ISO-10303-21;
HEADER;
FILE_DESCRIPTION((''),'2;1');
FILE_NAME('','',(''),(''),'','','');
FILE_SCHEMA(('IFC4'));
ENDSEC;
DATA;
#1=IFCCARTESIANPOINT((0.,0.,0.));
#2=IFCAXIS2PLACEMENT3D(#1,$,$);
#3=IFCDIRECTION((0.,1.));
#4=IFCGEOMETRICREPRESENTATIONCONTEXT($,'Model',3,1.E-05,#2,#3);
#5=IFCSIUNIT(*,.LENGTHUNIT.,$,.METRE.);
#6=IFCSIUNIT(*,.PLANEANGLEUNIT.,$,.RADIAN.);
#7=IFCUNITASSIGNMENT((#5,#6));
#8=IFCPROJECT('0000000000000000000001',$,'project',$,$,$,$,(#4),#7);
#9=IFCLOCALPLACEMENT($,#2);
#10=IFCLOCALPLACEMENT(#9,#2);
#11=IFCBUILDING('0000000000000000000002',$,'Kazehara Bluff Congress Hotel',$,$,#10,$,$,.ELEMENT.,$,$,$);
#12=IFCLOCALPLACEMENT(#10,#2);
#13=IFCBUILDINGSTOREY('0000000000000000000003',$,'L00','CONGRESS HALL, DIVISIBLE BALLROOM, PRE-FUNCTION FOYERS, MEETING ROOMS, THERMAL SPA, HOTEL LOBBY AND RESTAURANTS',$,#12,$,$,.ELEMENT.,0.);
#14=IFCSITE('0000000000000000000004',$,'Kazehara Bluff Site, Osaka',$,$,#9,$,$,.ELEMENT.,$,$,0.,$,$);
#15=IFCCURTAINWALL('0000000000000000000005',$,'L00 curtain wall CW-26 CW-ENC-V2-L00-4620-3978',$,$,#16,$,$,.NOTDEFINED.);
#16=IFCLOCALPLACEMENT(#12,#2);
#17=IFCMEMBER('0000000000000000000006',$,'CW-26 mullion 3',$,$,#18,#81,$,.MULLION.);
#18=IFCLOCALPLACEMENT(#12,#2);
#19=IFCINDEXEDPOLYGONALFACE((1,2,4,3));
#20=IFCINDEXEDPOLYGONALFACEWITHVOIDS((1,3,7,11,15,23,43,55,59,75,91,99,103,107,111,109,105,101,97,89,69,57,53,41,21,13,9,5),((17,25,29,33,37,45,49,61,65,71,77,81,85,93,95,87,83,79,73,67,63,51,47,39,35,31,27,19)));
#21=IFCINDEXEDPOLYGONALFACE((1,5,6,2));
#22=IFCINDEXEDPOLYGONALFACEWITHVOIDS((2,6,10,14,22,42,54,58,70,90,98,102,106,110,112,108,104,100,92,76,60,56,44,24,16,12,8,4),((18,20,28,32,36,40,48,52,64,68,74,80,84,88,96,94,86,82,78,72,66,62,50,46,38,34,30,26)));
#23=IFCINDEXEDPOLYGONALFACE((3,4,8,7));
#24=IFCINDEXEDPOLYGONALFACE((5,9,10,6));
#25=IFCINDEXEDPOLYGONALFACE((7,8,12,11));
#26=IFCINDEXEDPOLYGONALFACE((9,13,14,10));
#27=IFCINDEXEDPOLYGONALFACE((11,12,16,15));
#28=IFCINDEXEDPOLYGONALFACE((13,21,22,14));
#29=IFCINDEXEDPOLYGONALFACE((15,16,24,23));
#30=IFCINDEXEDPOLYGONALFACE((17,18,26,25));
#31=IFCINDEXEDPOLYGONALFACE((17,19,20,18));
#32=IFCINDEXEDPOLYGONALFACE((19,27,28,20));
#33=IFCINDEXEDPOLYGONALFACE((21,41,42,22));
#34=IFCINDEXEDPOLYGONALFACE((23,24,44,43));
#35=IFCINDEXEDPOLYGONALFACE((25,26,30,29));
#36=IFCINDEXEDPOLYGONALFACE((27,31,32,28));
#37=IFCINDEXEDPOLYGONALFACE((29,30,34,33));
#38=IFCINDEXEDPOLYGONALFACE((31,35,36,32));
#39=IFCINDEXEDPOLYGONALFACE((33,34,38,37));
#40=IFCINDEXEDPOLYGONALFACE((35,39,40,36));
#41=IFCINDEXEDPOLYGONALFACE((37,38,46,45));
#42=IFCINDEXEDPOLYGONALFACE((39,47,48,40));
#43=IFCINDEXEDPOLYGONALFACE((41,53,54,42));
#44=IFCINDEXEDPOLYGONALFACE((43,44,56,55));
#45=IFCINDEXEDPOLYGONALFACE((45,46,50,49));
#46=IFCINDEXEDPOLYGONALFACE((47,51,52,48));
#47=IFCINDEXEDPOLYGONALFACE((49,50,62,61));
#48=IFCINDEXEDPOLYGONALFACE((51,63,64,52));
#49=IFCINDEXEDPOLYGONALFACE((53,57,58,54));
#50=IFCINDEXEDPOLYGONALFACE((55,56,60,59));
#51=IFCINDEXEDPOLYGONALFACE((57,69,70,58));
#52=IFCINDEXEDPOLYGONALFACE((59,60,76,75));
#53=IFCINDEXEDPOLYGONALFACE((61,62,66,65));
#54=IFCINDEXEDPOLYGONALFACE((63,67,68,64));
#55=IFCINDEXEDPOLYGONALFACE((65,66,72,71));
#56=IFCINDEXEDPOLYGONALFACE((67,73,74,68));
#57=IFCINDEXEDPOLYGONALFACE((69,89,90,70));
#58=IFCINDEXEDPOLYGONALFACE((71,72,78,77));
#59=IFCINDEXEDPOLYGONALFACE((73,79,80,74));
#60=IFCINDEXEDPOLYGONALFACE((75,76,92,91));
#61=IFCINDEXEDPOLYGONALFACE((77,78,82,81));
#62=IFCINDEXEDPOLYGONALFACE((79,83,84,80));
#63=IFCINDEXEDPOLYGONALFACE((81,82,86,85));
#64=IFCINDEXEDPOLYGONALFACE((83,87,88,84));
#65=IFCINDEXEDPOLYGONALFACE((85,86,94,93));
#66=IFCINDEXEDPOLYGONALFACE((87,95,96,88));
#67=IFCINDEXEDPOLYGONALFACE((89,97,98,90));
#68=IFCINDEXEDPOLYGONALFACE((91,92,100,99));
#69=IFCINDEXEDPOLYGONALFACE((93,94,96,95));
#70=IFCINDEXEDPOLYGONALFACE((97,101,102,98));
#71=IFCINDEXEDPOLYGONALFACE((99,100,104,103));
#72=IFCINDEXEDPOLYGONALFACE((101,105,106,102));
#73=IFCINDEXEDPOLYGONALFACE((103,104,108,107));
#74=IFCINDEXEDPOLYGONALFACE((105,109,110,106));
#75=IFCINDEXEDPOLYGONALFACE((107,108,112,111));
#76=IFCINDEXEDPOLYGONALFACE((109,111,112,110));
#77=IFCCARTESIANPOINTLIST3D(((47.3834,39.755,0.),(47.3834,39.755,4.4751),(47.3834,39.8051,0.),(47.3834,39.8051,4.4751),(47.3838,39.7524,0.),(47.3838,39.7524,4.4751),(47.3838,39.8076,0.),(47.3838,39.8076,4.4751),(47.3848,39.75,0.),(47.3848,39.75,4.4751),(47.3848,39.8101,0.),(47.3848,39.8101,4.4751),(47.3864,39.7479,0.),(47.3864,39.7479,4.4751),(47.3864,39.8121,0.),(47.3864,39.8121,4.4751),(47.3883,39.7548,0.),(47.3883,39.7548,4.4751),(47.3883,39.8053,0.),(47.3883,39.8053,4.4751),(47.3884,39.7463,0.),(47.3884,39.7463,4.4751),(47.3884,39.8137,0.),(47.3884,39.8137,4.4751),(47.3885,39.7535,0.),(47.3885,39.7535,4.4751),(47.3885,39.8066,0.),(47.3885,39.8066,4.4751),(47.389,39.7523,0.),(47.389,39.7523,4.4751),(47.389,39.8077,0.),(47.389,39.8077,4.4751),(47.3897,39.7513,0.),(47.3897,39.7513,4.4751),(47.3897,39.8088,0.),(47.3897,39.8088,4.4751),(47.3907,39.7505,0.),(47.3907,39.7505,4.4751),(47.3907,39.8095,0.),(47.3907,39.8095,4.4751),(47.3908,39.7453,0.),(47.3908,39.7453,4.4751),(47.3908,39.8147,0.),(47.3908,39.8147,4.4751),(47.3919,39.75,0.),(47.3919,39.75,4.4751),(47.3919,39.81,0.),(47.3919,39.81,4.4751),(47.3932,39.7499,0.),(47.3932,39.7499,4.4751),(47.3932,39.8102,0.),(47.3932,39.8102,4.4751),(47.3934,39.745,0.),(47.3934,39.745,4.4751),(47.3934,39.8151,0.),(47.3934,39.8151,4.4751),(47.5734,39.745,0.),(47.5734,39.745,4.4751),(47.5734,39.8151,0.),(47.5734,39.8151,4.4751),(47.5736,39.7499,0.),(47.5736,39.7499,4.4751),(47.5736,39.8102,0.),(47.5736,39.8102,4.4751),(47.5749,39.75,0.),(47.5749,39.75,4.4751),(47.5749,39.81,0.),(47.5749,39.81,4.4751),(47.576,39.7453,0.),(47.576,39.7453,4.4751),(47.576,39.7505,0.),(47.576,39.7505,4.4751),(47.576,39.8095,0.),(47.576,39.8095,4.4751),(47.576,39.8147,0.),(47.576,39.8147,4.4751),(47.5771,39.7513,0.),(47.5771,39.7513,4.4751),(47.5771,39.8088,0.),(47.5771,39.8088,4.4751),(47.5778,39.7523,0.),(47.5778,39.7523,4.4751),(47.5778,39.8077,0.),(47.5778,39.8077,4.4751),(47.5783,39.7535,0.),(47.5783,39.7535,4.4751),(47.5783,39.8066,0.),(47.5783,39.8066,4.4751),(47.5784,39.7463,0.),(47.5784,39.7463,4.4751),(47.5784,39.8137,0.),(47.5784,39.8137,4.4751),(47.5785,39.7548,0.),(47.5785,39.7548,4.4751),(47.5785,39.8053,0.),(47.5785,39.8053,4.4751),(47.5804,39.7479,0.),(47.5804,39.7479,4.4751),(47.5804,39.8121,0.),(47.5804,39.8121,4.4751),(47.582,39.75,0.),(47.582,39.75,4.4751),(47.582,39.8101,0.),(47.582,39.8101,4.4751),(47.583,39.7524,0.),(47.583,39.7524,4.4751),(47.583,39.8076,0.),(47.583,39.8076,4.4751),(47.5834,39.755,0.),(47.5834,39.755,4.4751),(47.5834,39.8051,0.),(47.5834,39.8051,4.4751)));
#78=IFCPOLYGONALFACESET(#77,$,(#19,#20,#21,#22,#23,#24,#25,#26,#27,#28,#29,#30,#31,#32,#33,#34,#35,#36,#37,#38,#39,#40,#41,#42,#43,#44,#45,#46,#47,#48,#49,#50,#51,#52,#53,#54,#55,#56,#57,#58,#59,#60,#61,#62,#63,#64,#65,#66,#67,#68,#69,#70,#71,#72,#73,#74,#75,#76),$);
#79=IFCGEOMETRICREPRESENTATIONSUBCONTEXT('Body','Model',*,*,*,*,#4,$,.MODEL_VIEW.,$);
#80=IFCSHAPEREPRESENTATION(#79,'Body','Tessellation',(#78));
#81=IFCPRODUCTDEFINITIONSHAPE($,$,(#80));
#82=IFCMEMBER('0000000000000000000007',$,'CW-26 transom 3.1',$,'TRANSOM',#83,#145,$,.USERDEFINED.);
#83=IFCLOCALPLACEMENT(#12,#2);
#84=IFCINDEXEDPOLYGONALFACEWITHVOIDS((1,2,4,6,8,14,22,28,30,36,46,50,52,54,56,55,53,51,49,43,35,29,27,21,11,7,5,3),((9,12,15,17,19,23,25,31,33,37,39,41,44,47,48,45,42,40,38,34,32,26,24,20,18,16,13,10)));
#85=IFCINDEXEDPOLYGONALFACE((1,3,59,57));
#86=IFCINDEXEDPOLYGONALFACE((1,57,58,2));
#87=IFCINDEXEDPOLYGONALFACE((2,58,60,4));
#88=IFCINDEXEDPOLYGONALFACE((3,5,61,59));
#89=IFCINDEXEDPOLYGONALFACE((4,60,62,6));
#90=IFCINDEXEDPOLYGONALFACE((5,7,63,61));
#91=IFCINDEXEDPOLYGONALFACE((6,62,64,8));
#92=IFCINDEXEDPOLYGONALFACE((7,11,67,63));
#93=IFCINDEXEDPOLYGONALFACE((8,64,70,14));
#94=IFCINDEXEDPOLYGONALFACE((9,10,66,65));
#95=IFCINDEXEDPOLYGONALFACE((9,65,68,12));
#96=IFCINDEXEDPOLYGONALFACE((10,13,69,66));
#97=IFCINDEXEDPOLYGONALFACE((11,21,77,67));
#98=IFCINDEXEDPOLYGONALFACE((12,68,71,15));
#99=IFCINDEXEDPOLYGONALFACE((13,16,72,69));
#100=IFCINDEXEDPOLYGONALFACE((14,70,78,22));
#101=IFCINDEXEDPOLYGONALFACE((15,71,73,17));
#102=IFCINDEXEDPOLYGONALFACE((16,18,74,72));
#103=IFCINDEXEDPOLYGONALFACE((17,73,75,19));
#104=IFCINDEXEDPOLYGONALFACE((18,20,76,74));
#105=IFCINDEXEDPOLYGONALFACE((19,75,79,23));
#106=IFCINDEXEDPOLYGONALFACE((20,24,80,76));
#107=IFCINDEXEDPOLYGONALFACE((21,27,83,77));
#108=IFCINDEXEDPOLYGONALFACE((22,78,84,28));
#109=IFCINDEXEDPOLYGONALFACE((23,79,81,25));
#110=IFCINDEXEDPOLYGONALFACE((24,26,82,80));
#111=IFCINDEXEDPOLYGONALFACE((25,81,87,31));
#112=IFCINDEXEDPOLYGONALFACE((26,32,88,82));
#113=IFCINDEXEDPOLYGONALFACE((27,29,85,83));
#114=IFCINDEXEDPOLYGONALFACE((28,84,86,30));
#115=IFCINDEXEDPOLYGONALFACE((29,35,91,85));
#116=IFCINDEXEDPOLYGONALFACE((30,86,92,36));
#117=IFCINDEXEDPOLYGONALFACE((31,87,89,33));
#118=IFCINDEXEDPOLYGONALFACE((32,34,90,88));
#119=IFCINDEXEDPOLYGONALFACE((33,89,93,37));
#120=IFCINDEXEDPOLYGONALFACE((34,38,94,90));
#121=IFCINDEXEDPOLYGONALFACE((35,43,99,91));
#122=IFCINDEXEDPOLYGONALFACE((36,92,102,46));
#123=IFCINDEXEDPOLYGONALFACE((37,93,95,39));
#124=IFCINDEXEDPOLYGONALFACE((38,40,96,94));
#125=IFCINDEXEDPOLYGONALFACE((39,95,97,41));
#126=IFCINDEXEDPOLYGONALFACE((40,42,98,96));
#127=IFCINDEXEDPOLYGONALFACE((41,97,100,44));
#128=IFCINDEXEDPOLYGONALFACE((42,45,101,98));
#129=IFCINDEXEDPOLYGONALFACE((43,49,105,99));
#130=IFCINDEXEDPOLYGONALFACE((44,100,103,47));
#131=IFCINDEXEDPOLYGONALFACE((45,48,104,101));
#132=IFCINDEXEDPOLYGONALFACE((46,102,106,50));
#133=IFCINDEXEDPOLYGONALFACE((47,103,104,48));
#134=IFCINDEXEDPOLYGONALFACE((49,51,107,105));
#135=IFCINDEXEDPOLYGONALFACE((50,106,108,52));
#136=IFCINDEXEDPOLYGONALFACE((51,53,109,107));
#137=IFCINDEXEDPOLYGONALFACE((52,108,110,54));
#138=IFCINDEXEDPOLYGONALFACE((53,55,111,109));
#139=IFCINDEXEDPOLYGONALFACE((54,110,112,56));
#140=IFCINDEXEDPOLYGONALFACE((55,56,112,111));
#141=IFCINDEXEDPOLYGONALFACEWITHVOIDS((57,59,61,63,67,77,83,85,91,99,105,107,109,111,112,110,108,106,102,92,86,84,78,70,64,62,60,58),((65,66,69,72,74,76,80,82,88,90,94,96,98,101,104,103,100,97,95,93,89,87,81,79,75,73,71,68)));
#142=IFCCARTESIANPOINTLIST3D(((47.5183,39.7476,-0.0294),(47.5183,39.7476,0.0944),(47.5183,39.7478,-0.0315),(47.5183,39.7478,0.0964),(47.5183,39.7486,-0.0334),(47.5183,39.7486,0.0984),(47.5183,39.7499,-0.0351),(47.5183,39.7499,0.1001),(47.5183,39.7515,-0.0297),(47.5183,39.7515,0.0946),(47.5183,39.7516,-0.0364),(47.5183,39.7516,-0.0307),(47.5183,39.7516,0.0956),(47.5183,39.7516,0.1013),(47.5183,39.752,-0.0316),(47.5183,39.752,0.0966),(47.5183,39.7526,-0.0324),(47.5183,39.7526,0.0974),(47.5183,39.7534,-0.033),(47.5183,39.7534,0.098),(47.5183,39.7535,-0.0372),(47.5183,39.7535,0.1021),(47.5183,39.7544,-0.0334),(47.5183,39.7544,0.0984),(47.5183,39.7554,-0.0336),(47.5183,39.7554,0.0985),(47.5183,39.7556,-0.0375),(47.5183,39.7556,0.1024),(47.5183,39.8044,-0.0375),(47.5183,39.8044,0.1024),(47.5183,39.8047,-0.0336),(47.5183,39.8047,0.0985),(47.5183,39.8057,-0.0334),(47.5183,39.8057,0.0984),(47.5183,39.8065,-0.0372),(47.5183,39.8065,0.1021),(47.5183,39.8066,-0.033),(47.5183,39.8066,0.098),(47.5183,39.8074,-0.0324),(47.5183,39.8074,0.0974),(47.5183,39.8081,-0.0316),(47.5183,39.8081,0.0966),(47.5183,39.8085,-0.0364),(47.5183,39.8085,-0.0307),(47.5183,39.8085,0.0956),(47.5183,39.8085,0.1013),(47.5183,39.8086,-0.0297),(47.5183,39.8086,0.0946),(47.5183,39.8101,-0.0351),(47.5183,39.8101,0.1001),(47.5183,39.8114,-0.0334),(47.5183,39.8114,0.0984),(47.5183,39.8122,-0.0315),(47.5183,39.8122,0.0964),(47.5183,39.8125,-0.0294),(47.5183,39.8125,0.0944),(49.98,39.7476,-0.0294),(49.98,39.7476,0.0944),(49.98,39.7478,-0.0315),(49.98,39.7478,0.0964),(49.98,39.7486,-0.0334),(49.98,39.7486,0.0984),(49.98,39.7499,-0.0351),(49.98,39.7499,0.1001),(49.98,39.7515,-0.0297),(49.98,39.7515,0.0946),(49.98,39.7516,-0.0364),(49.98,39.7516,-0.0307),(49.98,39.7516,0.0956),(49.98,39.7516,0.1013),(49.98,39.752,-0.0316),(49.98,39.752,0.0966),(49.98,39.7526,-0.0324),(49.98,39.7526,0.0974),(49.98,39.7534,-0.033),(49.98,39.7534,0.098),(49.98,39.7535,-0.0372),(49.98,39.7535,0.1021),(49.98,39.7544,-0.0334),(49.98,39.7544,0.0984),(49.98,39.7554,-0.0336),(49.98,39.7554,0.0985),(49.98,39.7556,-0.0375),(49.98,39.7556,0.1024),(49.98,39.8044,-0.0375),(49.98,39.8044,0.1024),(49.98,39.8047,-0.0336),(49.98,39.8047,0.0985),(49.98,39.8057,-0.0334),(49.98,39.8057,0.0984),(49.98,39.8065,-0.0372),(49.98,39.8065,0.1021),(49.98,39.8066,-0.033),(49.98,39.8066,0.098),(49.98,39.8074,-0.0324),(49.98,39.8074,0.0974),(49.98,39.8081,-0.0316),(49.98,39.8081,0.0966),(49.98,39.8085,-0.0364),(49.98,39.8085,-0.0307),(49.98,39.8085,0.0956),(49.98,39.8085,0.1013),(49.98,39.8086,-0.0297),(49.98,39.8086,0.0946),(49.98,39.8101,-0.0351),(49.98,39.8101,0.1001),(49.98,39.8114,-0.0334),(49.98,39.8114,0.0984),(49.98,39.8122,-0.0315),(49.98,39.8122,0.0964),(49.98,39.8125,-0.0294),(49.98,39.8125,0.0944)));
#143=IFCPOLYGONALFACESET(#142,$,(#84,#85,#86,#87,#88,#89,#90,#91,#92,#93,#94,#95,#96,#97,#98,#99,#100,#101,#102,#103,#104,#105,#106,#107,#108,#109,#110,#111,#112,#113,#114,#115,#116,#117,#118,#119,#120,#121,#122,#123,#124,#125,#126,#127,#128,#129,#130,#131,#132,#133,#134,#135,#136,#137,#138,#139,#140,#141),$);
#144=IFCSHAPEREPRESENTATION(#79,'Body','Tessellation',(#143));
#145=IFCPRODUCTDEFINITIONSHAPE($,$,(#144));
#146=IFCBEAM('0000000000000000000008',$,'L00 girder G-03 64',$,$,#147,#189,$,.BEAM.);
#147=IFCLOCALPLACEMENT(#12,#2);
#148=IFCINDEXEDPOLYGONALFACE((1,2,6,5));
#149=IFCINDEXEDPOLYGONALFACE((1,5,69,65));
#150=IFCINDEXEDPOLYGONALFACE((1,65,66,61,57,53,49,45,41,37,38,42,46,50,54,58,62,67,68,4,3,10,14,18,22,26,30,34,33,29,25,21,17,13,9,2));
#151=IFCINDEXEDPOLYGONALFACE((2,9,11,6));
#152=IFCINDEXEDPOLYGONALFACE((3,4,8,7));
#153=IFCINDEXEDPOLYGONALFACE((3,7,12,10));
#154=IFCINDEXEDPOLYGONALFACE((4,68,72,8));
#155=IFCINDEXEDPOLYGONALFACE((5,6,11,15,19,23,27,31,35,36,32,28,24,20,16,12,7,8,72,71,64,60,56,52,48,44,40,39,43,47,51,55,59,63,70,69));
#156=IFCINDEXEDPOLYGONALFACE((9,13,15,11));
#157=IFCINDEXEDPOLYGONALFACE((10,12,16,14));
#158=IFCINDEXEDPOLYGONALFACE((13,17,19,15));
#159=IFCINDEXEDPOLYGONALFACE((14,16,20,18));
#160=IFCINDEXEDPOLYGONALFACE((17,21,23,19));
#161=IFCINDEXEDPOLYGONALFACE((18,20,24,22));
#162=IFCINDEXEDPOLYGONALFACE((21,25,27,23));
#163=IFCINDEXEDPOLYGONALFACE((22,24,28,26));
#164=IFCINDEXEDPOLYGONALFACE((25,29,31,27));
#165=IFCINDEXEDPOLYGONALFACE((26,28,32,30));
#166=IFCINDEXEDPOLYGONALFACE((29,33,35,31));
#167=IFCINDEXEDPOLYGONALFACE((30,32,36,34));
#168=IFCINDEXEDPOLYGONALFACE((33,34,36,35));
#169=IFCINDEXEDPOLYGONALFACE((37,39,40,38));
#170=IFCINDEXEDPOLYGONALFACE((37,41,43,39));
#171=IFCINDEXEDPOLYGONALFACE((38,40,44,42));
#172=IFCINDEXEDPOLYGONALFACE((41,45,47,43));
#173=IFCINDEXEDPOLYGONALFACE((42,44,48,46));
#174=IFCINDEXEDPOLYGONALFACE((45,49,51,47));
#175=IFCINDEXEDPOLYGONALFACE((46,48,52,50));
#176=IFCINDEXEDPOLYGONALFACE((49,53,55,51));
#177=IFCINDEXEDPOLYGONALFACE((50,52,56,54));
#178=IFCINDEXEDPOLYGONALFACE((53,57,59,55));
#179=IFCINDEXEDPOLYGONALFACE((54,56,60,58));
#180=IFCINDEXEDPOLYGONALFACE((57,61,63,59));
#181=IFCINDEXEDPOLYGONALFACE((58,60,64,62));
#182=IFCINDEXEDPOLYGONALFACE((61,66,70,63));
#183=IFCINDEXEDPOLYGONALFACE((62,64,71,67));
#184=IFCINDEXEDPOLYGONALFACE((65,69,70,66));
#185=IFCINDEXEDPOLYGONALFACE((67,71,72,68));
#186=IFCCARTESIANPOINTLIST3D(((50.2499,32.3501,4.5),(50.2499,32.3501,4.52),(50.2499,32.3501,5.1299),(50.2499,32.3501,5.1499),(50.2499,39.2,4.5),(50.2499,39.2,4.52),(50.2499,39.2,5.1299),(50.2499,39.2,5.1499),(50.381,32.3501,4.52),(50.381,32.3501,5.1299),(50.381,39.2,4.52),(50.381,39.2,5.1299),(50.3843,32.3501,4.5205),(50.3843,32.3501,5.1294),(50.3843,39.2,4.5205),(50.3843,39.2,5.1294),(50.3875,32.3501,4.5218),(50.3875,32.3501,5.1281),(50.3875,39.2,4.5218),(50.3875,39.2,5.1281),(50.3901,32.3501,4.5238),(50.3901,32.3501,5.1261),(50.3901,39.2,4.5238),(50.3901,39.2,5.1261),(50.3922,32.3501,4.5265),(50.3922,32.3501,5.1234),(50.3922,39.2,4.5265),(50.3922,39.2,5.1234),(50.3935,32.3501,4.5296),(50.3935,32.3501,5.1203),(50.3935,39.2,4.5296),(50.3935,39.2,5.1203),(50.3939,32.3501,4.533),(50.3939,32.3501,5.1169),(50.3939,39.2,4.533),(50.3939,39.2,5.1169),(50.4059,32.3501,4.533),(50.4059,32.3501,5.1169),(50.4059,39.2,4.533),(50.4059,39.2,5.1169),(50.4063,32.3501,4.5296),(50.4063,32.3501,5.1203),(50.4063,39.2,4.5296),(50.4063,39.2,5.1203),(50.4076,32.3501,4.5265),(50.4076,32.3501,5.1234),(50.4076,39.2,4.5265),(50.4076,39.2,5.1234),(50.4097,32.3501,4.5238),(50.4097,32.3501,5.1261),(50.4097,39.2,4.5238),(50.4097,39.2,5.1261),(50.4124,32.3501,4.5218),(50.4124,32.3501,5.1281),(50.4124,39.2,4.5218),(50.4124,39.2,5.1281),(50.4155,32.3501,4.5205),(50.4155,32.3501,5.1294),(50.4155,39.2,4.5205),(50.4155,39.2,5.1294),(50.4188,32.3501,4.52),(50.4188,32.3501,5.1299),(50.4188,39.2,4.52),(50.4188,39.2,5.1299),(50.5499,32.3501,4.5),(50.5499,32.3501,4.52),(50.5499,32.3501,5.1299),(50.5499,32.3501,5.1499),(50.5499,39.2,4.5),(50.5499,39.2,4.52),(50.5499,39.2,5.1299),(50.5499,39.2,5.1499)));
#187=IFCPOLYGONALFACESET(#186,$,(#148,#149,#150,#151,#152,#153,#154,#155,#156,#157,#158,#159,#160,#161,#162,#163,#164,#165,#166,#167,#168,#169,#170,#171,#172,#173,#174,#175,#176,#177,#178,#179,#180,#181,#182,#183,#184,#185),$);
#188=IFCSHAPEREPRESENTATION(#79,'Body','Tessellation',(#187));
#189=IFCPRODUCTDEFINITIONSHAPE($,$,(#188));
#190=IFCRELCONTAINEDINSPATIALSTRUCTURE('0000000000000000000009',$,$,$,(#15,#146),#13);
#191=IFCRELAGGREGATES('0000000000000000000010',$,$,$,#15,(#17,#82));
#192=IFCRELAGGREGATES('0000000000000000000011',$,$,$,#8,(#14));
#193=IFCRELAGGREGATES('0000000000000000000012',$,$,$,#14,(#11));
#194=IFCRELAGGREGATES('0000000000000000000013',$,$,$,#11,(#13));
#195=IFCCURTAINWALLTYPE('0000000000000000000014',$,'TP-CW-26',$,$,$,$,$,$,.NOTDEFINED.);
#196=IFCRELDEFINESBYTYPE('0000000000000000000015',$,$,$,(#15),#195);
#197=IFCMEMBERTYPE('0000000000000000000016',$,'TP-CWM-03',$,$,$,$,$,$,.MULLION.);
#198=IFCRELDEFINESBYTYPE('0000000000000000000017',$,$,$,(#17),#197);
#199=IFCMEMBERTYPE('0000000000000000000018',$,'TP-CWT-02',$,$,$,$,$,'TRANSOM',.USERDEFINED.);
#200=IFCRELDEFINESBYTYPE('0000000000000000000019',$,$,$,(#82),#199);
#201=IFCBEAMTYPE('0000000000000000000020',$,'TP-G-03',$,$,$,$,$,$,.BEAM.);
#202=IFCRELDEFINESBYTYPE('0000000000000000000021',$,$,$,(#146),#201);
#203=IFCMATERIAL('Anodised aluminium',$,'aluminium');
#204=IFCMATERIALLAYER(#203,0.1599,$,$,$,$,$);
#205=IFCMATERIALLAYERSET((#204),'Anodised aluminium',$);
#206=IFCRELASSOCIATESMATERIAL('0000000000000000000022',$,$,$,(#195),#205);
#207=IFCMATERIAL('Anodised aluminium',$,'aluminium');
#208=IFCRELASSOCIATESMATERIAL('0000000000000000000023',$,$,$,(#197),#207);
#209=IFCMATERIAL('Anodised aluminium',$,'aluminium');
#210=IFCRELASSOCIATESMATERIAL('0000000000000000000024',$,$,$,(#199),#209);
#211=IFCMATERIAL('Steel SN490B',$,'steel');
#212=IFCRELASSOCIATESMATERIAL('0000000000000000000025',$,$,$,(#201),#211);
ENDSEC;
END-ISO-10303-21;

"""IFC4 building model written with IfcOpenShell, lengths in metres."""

from ifc_helpers import new_model, si_unit, direction, frame, origin, origin_2d, place, context, subcontext, project, spatial, hollow_rectangle, i_section, extrude, material, layer, layer_set, material_profile, profile_set, type_object, element, aggregate, save


model = new_model("IFC4")

# Units and contexts
model_context = context("Model", 3, precision=1e-05, world=origin(), true_north=direction((0.0, 1.0)))
body_context = subcontext(model_context, "Body", "Model", "MODEL_VIEW")
ifc_project = project(units=[si_unit("LENGTHUNIT", "METRE"), si_unit("PLANEANGLEUNIT", "RADIAN")], contexts=[model_context])

# Site, building, storey
site_placement = place(None, origin())
site = spatial("IfcSite", under=ifc_project, at=site_placement, Name="Kazehara Bluff Site, Osaka", CompositionType="ELEMENT", RefElevation=0.0)
building_placement = place(site_placement, origin())
building = spatial("IfcBuilding", under=site, at=building_placement, Name="Kazehara Bluff Congress Hotel", CompositionType="ELEMENT")
storey_placement = place(building_placement, origin())
storey = spatial("IfcBuildingStorey", under=building, at=storey_placement, Name="L00", Description="CONGRESS HALL, DIVISIBLE BALLROOM, PRE-FUNCTION FOYERS, MEETING ROOMS, THERMAL SPA, HOTEL LOBBY AND RESTAURANTS", CompositionType="ELEMENT", Elevation=0.0)

# Curtain wall, members
ifc_material_1 = material(Name="Anodised aluminium", Category="aluminium")
ifc_layer_1 = layer(ifc_material_1, 0.1599)
ifc_layer_set_1 = layer_set([ifc_layer_1], Name="Anodised aluminium")
curtain_wall_type = type_object("IfcCurtainWallType", Name="TP-CW-26", PredefinedType="NOTDEFINED", material=ifc_layer_set_1)
curtain_wall_placement = place(storey_placement, origin())
curtain_wall = element("IfcCurtainWall", 1, at=curtain_wall_placement, inside=storey, type_object=curtain_wall_type, Name="L00 curtain wall CW-26 CW-ENC-V2-L00-4620-3978", PredefinedType="NOTDEFINED")
ifc_material_2 = material(Name="Anodised aluminium", Category="aluminium")
ifc_material_profile_1 = material_profile(ifc_material_2, hollow_rectangle(XDim=0.0701, YDim=0.2, WallThickness=0.0049, InnerFilletRadius=0.0049, OuterFilletRadius=0.01, at=origin_2d()))
ifc_profile_set_1 = profile_set([ifc_material_profile_1], Name="Anodised aluminium")
member_type_1 = type_object("IfcMemberType", Name="TP-CWM-03", PredefinedType="MULLION", material=ifc_profile_set_1)
member_1_placement = place(storey_placement, frame((47.4834, 39.78, 0.0), z_axis=(0.0, 0.0, 1.0), x_axis=(0.0, 1.0, 0.0)))
member_1 = element("IfcMember", 2, at=member_1_placement, type_object=member_type_1, Name="CW-26 mullion 3", PredefinedType="MULLION", context=body_context, shape_type="SweptSolid", body=[
    extrude(hollow_rectangle(XDim=0.0701, YDim=0.2, WallThickness=0.0049, InnerFilletRadius=0.0049, OuterFilletRadius=0.01, at=origin_2d()), origin(), (0.0, 0.0, 1.0), 4.4751),
])
ifc_material_3 = material(Name="Anodised aluminium", Category="aluminium")
ifc_material_profile_2 = material_profile(ifc_material_3, hollow_rectangle(XDim=0.0649, YDim=0.1399, WallThickness=0.0039, InnerFilletRadius=0.0039, OuterFilletRadius=0.0081, at=origin_2d()))
ifc_profile_set_2 = profile_set([ifc_material_profile_2], Name="Anodised aluminium")
member_type_2 = type_object("IfcMemberType", Name="TP-CWT-02", ElementType="TRANSOM", PredefinedType="USERDEFINED", material=ifc_profile_set_2)
member_2_placement = place(storey_placement, frame((47.5183, 39.78, 0.0325), z_axis=(1.0, 0.0, 0.0), x_axis=(0.0, 1.0, 0.0)))
member_2 = element("IfcMember", 3, at=member_2_placement, type_object=member_type_2, Name="CW-26 transom 3.1", ObjectType="TRANSOM", PredefinedType="USERDEFINED", context=body_context, shape_type="SweptSolid", body=[
    extrude(hollow_rectangle(XDim=0.0649, YDim=0.1399, WallThickness=0.0039, InnerFilletRadius=0.0039, OuterFilletRadius=0.0081, at=origin_2d()), origin(), (0.0, 0.0, 1.0), 2.4617),
])
aggregate(curtain_wall, [member_1, member_2])

# Beam
ifc_material_4 = material(Name="Steel SN490B", Category="steel")
ifc_material_profile_3 = material_profile(ifc_material_4, i_section(OverallWidth=0.3, OverallDepth=0.6499, WebThickness=0.012, FlangeThickness=0.02, FilletRadius=0.0129, at=origin_2d()))
ifc_profile_set_3 = profile_set([ifc_material_profile_3], Name="Steel SN490B")
beam_type = type_object("IfcBeamType", Name="TP-G-03", PredefinedType="BEAM", material=ifc_profile_set_3)
for number, where, z_axis, x_axis, name in (
    (4, (50.3999, 32.3501, 4.825), (0.0, 1.0, 0.0), (-1.0, 0.0, 0.0), "L00 girder G-03 64"),
):
    element("IfcBeam", number, at=place(storey_placement, frame(where, z_axis=z_axis, x_axis=x_axis)), inside=storey, type_object=beam_type, Name=name, PredefinedType="BEAM", context=body_context, shape_type="SweptSolid", body=[
        extrude(i_section(OverallWidth=0.3, OverallDepth=0.6499, WebThickness=0.012, FlangeThickness=0.02, FilletRadius=0.0129, at=origin_2d()), origin(), (0.0, 0.0, 1.0), 6.8499),
    ])

save(model, "model.ifc")
